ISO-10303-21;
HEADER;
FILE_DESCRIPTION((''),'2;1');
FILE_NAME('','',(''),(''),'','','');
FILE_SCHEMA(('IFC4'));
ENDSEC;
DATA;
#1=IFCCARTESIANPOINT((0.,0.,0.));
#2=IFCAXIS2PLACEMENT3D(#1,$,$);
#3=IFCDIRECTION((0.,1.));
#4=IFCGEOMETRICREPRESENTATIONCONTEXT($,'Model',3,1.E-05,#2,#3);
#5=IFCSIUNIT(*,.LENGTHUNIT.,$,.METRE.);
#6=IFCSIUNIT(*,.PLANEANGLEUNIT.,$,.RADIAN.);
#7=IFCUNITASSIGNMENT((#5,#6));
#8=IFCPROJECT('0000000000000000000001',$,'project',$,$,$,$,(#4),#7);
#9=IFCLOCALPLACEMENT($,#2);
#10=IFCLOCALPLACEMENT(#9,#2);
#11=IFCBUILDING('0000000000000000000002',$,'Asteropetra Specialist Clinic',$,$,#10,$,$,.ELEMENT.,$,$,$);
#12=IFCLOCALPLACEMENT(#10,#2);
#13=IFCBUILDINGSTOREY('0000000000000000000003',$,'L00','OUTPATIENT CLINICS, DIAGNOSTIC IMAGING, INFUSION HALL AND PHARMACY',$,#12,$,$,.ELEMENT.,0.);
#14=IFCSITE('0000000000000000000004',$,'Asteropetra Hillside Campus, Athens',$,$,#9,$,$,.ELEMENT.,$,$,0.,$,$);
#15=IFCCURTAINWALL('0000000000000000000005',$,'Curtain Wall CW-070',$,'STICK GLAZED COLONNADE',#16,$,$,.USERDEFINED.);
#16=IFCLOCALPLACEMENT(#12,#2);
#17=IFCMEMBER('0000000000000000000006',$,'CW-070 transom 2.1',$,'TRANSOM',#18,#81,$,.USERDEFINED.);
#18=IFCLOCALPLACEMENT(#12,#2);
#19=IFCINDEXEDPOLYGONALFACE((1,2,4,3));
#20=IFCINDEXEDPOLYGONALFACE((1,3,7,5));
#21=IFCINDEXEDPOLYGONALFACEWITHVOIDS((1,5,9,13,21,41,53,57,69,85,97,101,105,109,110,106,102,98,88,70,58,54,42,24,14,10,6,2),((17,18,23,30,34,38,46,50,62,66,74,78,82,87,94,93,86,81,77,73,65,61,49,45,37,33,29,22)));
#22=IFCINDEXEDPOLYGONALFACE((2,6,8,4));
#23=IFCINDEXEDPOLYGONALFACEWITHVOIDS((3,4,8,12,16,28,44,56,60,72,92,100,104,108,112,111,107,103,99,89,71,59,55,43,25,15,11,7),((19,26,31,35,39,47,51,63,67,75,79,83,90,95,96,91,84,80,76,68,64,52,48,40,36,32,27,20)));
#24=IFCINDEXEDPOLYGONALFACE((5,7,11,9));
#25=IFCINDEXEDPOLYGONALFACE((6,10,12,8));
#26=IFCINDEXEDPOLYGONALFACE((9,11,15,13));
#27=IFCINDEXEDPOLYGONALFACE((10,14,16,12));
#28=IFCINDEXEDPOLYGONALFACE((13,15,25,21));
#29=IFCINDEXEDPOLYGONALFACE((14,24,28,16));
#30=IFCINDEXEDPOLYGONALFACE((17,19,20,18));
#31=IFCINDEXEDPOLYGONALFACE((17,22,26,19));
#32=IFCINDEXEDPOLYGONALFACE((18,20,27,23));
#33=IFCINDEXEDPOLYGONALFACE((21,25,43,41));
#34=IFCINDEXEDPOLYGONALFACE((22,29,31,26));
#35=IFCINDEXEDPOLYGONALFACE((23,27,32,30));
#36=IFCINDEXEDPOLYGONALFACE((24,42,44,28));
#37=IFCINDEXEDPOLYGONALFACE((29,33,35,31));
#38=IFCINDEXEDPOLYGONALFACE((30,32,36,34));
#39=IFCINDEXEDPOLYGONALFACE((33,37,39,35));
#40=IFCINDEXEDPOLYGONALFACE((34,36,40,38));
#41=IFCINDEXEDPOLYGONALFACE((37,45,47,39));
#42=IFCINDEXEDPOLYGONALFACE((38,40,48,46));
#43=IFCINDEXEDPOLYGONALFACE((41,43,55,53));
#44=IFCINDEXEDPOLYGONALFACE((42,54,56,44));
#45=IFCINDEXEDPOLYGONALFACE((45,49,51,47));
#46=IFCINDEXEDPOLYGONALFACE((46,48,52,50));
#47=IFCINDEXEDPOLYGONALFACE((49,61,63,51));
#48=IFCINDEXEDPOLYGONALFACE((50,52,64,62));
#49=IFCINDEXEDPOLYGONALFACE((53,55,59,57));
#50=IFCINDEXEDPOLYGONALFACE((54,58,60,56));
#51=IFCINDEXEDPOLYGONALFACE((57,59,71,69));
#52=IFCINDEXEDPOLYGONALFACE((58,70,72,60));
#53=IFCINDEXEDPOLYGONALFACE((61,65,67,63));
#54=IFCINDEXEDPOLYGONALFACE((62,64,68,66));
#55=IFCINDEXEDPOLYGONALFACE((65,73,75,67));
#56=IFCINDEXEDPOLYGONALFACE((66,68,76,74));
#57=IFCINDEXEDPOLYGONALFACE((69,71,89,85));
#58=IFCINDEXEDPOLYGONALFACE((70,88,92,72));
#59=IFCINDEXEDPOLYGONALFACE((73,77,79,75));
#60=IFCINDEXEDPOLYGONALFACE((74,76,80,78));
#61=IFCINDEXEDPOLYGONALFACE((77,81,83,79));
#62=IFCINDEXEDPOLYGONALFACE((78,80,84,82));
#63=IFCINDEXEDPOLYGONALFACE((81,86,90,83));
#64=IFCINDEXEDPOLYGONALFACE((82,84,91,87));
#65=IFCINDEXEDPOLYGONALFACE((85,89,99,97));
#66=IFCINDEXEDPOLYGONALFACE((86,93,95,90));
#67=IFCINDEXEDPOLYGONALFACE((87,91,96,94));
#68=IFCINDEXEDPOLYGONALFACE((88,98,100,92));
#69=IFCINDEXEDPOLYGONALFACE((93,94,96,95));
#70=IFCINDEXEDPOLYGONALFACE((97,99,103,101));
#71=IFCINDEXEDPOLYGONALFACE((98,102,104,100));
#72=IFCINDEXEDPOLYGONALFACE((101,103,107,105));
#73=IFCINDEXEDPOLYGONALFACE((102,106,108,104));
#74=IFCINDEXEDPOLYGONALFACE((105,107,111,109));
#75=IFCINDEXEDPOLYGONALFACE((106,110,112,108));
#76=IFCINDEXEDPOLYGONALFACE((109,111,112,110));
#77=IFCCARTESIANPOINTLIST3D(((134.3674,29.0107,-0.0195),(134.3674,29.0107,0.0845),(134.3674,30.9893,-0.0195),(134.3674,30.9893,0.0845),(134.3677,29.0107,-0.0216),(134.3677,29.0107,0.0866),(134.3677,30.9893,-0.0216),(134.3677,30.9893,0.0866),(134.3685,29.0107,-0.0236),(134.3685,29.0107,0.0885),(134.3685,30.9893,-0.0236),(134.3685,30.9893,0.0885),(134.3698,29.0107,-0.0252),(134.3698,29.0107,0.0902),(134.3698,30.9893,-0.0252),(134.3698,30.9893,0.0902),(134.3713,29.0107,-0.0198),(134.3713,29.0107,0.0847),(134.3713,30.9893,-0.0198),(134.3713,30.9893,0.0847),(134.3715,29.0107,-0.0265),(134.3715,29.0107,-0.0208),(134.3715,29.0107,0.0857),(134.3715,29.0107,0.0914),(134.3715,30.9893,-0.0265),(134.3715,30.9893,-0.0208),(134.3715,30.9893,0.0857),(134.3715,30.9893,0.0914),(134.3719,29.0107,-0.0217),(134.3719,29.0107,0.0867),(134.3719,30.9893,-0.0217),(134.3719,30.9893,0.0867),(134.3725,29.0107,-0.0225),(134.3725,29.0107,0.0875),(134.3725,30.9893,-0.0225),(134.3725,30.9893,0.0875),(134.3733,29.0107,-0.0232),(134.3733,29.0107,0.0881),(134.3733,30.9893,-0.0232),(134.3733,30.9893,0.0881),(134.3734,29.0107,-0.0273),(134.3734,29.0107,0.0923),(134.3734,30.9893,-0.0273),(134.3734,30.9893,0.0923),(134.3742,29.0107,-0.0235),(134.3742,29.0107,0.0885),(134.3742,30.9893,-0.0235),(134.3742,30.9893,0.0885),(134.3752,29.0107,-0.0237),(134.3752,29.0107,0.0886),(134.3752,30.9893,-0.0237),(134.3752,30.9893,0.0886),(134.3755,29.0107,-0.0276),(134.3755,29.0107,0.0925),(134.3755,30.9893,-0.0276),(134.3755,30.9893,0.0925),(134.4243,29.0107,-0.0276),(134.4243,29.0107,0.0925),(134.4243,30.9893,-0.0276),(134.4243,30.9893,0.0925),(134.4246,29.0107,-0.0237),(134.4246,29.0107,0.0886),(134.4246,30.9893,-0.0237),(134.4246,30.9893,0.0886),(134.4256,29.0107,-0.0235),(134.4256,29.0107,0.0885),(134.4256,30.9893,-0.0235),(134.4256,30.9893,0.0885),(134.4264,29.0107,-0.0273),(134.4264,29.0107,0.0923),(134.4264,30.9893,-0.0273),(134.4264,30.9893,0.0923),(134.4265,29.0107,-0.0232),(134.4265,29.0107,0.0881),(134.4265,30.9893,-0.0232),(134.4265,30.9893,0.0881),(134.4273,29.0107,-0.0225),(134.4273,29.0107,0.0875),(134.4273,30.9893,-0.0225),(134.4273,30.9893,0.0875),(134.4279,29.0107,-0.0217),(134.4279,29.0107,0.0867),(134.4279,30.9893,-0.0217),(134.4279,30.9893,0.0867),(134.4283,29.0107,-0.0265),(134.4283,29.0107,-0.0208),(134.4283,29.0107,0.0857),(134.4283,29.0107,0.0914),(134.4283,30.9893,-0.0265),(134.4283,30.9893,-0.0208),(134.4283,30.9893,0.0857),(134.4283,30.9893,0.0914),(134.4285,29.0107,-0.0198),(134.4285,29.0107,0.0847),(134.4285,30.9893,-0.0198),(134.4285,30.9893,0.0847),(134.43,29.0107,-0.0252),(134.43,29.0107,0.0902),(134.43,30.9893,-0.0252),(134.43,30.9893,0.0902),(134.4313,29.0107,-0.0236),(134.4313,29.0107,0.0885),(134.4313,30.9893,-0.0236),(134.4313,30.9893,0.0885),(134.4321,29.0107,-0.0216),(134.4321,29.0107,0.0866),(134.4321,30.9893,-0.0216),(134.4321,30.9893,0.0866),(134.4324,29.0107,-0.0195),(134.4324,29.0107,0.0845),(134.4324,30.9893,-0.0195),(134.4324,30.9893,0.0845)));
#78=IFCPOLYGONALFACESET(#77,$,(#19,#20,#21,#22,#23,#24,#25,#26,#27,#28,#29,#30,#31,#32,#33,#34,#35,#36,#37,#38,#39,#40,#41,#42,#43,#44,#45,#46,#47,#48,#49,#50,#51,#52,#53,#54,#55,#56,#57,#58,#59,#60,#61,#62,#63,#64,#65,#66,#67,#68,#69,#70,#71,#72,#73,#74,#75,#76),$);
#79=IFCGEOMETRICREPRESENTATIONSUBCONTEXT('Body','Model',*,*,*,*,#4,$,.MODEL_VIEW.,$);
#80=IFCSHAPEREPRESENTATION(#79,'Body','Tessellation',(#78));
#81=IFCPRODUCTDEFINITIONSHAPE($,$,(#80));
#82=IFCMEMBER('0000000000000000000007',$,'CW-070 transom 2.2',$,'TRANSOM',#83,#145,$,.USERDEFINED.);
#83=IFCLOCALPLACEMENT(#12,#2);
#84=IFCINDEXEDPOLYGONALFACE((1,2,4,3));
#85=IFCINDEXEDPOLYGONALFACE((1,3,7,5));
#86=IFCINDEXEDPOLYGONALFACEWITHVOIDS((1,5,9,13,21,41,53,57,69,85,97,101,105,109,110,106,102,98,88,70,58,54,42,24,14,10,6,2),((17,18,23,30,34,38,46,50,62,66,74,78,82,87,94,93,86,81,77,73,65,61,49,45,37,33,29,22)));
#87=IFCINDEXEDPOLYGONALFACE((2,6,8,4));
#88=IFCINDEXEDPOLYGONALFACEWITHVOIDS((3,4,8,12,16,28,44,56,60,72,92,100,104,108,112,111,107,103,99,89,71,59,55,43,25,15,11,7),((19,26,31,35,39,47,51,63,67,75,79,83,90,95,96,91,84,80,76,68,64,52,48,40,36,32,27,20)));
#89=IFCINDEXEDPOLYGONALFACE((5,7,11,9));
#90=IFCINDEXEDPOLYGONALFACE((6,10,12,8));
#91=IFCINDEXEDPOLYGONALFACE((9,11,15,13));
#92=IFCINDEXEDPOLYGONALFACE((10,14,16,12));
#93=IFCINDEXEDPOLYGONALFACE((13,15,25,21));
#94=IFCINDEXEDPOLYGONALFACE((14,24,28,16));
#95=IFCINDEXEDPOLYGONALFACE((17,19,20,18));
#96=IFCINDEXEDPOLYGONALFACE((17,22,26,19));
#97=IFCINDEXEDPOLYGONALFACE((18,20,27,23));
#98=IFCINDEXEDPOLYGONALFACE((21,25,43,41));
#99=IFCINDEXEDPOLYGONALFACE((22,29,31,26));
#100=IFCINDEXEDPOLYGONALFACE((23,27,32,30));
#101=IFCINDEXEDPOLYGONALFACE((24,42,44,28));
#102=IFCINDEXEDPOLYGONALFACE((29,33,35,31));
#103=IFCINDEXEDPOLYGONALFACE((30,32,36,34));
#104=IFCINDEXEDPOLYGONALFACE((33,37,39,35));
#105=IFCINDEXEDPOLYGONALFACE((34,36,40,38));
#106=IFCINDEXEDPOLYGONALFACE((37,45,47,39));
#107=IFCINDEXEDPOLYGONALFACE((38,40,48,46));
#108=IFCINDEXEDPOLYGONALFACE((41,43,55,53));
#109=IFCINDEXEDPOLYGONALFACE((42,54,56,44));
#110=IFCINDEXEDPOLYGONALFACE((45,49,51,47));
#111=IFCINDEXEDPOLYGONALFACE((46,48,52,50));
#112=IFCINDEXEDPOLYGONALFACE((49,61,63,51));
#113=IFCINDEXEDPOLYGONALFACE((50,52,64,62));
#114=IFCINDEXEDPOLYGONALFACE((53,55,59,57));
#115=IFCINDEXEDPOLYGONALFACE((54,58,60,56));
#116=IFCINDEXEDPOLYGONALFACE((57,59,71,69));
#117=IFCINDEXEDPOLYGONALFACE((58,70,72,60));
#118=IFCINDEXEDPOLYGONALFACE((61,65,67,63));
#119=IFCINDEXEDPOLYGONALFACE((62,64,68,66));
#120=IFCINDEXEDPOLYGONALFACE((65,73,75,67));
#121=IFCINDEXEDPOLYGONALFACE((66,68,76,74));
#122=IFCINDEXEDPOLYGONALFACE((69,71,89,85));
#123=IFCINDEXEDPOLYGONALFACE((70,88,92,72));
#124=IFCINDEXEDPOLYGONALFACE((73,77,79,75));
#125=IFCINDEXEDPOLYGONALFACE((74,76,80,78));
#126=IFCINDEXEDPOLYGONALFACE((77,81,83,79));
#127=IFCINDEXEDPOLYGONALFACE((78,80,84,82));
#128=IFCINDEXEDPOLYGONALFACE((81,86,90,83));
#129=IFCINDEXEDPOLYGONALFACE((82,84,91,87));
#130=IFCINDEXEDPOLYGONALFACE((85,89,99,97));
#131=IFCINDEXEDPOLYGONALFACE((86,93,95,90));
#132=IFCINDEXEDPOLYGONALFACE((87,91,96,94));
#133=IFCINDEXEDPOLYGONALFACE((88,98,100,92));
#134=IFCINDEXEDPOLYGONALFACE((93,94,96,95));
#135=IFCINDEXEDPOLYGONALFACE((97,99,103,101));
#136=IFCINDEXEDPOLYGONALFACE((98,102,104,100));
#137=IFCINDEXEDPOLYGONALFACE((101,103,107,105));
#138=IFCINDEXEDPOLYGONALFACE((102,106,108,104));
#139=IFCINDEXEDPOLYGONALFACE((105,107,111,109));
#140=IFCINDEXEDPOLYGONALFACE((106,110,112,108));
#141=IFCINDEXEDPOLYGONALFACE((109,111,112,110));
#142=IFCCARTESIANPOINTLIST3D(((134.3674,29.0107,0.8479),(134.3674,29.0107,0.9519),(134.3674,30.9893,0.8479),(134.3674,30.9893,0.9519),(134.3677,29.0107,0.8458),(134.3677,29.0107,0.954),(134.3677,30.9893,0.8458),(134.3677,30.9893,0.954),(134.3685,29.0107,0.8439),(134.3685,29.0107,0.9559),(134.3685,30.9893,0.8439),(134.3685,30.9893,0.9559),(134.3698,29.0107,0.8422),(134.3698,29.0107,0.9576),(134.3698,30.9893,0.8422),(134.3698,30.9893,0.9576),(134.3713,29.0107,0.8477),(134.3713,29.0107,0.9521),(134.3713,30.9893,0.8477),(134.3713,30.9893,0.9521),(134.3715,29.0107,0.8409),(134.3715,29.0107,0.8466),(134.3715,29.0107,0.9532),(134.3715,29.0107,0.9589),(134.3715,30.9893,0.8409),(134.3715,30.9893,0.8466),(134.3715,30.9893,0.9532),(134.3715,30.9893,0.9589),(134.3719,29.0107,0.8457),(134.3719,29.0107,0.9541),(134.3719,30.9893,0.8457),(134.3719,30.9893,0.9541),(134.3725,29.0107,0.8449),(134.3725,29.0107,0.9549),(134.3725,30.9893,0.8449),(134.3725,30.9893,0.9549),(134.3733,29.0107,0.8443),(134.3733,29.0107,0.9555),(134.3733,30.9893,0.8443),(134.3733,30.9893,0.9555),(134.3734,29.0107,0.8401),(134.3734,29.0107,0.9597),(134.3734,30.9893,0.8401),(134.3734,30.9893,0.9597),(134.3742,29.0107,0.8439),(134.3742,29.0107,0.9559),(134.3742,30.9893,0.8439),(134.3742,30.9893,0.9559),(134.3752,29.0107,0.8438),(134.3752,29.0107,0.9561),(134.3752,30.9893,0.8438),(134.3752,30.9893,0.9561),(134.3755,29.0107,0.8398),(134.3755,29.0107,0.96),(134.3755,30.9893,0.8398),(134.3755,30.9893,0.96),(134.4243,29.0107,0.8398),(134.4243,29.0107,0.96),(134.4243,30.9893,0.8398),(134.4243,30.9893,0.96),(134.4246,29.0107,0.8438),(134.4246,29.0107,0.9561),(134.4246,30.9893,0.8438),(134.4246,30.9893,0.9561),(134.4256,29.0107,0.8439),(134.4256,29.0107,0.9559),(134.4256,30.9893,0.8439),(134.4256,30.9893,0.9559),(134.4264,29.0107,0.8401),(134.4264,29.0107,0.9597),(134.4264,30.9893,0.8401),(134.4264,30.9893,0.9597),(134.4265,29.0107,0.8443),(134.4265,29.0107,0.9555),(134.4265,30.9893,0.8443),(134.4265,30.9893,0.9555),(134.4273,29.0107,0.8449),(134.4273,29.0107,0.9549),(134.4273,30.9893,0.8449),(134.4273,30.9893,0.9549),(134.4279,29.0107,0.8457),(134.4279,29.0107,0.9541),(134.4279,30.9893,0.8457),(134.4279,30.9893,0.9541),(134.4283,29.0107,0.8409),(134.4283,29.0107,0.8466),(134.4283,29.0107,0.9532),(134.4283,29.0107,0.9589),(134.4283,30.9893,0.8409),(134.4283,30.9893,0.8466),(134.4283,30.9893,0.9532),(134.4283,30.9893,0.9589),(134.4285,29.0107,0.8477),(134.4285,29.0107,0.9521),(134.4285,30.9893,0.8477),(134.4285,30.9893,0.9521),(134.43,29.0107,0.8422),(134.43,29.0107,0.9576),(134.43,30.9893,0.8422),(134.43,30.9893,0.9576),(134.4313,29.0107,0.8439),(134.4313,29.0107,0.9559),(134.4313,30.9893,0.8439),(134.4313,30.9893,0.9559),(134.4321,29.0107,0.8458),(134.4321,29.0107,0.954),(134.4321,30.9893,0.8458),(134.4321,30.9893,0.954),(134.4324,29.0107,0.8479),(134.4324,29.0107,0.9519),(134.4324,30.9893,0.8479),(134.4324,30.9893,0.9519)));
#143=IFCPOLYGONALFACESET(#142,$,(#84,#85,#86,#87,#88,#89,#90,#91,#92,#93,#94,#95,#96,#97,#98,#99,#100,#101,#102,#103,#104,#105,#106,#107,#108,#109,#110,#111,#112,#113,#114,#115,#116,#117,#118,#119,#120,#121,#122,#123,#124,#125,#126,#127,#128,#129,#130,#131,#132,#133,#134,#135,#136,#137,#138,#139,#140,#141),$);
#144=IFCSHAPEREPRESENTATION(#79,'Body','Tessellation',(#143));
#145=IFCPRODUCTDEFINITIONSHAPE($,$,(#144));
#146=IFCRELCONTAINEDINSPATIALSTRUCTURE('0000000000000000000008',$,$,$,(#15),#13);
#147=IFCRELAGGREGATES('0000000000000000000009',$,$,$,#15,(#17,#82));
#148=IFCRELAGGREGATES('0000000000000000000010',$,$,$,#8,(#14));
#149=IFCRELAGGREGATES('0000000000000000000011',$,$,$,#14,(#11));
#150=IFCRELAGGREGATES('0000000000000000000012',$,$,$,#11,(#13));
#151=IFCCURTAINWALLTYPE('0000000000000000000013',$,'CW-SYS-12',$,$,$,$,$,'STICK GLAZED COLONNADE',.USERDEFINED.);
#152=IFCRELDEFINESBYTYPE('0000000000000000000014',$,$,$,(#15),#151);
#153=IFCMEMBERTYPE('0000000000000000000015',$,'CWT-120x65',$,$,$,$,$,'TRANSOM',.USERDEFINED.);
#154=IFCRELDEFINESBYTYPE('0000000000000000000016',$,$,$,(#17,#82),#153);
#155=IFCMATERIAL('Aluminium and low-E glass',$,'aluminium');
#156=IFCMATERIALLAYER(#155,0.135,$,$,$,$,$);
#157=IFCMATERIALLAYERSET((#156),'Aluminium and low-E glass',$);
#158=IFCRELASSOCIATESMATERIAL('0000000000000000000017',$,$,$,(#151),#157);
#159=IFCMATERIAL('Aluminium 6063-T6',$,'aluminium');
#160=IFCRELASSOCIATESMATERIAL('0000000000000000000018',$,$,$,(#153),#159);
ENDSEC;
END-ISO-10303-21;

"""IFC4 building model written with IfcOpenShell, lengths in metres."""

from ifc_helpers import new_model, si_unit, direction, frame, origin, origin_2d, place, context, subcontext, project, spatial, hollow_rectangle, extrude, material, layer, layer_set, material_profile, profile_set, type_object, element, aggregate, save


model = new_model("IFC4")

# Units and contexts
model_context = context("Model", 3, precision=1e-05, world=origin(), true_north=direction((0.0, 1.0)))
body_context = subcontext(model_context, "Body", "Model", "MODEL_VIEW")
ifc_project = project(units=[si_unit("LENGTHUNIT", "METRE"), si_unit("PLANEANGLEUNIT", "RADIAN")], contexts=[model_context])

# Site, building, storey
site_placement = place(None, origin())
site = spatial("IfcSite", under=ifc_project, at=site_placement, Name="Asteropetra Hillside Campus, Athens", CompositionType="ELEMENT", RefElevation=0.0)
building_placement = place(site_placement, origin())
building = spatial("IfcBuilding", under=site, at=building_placement, Name="Asteropetra Specialist Clinic", CompositionType="ELEMENT")
storey_placement = place(building_placement, origin())
storey = spatial("IfcBuildingStorey", under=building, at=storey_placement, Name="L00", Description="OUTPATIENT CLINICS, DIAGNOSTIC IMAGING, INFUSION HALL AND PHARMACY", CompositionType="ELEMENT", Elevation=0.0)

# Curtain wall, members
ifc_material_1 = material(Name="Aluminium and low-E glass", Category="aluminium")
ifc_layer_1 = layer(ifc_material_1, 0.135)
ifc_layer_set_1 = layer_set([ifc_layer_1], Name="Aluminium and low-E glass")
curtain_wall_type = type_object("IfcCurtainWallType", Name="CW-SYS-12", ElementType="STICK GLAZED COLONNADE", PredefinedType="USERDEFINED", material=ifc_layer_set_1)
curtain_wall_placement = place(storey_placement, origin())
curtain_wall = element("IfcCurtainWall", 1, at=curtain_wall_placement, inside=storey, type_object=curtain_wall_type, Name="Curtain Wall CW-070", ObjectType="STICK GLAZED COLONNADE", PredefinedType="USERDEFINED")
ifc_material_2 = material(Name="Aluminium 6063-T6", Category="aluminium")
ifc_material_profile_1 = material_profile(ifc_material_2, hollow_rectangle(XDim=0.0649, YDim=0.1201, WallThickness=0.0039, InnerFilletRadius=0.0039, OuterFilletRadius=0.0081, at=origin_2d()), Name="TRN 120x65x4.0")
ifc_profile_set_1 = profile_set([ifc_material_profile_1], Name="Aluminium 6063-T6")
member_type_1 = type_object("IfcMemberType", Name="CWT-120x65", ElementType="TRANSOM", PredefinedType="USERDEFINED", material=ifc_profile_set_1)
member_1_placement = place(storey_placement, frame((134.3999, 29.0107, 0.0325), z_axis=(0.0, 1.0, 0.0), x_axis=(-1.0, 0.0, 0.0)))
member_1 = element("IfcMember", 2, at=member_1_placement, type_object=member_type_1, Name="CW-070 transom 2.1", ObjectType="TRANSOM", PredefinedType="USERDEFINED", context=body_context, shape_type="SweptSolid", body=[
    extrude(hollow_rectangle(XDim=0.0649, YDim=0.1201, WallThickness=0.0039, InnerFilletRadius=0.0039, OuterFilletRadius=0.0081, at=origin_2d()), origin(), (0.0, 0.0, 1.0), 1.9785),
])
member_2_placement = place(storey_placement, frame((134.3999, 29.0107, 0.8999), z_axis=(0.0, 1.0, 0.0), x_axis=(-1.0, 0.0, 0.0)))
member_2 = element("IfcMember", 3, at=member_2_placement, type_object=member_type_1, Name="CW-070 transom 2.2", ObjectType="TRANSOM", PredefinedType="USERDEFINED", context=body_context, shape_type="SweptSolid", body=[
    extrude(hollow_rectangle(XDim=0.0649, YDim=0.1201, WallThickness=0.0039, InnerFilletRadius=0.0039, OuterFilletRadius=0.0081, at=origin_2d()), origin(), (0.0, 0.0, 1.0), 1.9785),
])
aggregate(curtain_wall, [member_1, member_2])

save(model, "model.ifc")
